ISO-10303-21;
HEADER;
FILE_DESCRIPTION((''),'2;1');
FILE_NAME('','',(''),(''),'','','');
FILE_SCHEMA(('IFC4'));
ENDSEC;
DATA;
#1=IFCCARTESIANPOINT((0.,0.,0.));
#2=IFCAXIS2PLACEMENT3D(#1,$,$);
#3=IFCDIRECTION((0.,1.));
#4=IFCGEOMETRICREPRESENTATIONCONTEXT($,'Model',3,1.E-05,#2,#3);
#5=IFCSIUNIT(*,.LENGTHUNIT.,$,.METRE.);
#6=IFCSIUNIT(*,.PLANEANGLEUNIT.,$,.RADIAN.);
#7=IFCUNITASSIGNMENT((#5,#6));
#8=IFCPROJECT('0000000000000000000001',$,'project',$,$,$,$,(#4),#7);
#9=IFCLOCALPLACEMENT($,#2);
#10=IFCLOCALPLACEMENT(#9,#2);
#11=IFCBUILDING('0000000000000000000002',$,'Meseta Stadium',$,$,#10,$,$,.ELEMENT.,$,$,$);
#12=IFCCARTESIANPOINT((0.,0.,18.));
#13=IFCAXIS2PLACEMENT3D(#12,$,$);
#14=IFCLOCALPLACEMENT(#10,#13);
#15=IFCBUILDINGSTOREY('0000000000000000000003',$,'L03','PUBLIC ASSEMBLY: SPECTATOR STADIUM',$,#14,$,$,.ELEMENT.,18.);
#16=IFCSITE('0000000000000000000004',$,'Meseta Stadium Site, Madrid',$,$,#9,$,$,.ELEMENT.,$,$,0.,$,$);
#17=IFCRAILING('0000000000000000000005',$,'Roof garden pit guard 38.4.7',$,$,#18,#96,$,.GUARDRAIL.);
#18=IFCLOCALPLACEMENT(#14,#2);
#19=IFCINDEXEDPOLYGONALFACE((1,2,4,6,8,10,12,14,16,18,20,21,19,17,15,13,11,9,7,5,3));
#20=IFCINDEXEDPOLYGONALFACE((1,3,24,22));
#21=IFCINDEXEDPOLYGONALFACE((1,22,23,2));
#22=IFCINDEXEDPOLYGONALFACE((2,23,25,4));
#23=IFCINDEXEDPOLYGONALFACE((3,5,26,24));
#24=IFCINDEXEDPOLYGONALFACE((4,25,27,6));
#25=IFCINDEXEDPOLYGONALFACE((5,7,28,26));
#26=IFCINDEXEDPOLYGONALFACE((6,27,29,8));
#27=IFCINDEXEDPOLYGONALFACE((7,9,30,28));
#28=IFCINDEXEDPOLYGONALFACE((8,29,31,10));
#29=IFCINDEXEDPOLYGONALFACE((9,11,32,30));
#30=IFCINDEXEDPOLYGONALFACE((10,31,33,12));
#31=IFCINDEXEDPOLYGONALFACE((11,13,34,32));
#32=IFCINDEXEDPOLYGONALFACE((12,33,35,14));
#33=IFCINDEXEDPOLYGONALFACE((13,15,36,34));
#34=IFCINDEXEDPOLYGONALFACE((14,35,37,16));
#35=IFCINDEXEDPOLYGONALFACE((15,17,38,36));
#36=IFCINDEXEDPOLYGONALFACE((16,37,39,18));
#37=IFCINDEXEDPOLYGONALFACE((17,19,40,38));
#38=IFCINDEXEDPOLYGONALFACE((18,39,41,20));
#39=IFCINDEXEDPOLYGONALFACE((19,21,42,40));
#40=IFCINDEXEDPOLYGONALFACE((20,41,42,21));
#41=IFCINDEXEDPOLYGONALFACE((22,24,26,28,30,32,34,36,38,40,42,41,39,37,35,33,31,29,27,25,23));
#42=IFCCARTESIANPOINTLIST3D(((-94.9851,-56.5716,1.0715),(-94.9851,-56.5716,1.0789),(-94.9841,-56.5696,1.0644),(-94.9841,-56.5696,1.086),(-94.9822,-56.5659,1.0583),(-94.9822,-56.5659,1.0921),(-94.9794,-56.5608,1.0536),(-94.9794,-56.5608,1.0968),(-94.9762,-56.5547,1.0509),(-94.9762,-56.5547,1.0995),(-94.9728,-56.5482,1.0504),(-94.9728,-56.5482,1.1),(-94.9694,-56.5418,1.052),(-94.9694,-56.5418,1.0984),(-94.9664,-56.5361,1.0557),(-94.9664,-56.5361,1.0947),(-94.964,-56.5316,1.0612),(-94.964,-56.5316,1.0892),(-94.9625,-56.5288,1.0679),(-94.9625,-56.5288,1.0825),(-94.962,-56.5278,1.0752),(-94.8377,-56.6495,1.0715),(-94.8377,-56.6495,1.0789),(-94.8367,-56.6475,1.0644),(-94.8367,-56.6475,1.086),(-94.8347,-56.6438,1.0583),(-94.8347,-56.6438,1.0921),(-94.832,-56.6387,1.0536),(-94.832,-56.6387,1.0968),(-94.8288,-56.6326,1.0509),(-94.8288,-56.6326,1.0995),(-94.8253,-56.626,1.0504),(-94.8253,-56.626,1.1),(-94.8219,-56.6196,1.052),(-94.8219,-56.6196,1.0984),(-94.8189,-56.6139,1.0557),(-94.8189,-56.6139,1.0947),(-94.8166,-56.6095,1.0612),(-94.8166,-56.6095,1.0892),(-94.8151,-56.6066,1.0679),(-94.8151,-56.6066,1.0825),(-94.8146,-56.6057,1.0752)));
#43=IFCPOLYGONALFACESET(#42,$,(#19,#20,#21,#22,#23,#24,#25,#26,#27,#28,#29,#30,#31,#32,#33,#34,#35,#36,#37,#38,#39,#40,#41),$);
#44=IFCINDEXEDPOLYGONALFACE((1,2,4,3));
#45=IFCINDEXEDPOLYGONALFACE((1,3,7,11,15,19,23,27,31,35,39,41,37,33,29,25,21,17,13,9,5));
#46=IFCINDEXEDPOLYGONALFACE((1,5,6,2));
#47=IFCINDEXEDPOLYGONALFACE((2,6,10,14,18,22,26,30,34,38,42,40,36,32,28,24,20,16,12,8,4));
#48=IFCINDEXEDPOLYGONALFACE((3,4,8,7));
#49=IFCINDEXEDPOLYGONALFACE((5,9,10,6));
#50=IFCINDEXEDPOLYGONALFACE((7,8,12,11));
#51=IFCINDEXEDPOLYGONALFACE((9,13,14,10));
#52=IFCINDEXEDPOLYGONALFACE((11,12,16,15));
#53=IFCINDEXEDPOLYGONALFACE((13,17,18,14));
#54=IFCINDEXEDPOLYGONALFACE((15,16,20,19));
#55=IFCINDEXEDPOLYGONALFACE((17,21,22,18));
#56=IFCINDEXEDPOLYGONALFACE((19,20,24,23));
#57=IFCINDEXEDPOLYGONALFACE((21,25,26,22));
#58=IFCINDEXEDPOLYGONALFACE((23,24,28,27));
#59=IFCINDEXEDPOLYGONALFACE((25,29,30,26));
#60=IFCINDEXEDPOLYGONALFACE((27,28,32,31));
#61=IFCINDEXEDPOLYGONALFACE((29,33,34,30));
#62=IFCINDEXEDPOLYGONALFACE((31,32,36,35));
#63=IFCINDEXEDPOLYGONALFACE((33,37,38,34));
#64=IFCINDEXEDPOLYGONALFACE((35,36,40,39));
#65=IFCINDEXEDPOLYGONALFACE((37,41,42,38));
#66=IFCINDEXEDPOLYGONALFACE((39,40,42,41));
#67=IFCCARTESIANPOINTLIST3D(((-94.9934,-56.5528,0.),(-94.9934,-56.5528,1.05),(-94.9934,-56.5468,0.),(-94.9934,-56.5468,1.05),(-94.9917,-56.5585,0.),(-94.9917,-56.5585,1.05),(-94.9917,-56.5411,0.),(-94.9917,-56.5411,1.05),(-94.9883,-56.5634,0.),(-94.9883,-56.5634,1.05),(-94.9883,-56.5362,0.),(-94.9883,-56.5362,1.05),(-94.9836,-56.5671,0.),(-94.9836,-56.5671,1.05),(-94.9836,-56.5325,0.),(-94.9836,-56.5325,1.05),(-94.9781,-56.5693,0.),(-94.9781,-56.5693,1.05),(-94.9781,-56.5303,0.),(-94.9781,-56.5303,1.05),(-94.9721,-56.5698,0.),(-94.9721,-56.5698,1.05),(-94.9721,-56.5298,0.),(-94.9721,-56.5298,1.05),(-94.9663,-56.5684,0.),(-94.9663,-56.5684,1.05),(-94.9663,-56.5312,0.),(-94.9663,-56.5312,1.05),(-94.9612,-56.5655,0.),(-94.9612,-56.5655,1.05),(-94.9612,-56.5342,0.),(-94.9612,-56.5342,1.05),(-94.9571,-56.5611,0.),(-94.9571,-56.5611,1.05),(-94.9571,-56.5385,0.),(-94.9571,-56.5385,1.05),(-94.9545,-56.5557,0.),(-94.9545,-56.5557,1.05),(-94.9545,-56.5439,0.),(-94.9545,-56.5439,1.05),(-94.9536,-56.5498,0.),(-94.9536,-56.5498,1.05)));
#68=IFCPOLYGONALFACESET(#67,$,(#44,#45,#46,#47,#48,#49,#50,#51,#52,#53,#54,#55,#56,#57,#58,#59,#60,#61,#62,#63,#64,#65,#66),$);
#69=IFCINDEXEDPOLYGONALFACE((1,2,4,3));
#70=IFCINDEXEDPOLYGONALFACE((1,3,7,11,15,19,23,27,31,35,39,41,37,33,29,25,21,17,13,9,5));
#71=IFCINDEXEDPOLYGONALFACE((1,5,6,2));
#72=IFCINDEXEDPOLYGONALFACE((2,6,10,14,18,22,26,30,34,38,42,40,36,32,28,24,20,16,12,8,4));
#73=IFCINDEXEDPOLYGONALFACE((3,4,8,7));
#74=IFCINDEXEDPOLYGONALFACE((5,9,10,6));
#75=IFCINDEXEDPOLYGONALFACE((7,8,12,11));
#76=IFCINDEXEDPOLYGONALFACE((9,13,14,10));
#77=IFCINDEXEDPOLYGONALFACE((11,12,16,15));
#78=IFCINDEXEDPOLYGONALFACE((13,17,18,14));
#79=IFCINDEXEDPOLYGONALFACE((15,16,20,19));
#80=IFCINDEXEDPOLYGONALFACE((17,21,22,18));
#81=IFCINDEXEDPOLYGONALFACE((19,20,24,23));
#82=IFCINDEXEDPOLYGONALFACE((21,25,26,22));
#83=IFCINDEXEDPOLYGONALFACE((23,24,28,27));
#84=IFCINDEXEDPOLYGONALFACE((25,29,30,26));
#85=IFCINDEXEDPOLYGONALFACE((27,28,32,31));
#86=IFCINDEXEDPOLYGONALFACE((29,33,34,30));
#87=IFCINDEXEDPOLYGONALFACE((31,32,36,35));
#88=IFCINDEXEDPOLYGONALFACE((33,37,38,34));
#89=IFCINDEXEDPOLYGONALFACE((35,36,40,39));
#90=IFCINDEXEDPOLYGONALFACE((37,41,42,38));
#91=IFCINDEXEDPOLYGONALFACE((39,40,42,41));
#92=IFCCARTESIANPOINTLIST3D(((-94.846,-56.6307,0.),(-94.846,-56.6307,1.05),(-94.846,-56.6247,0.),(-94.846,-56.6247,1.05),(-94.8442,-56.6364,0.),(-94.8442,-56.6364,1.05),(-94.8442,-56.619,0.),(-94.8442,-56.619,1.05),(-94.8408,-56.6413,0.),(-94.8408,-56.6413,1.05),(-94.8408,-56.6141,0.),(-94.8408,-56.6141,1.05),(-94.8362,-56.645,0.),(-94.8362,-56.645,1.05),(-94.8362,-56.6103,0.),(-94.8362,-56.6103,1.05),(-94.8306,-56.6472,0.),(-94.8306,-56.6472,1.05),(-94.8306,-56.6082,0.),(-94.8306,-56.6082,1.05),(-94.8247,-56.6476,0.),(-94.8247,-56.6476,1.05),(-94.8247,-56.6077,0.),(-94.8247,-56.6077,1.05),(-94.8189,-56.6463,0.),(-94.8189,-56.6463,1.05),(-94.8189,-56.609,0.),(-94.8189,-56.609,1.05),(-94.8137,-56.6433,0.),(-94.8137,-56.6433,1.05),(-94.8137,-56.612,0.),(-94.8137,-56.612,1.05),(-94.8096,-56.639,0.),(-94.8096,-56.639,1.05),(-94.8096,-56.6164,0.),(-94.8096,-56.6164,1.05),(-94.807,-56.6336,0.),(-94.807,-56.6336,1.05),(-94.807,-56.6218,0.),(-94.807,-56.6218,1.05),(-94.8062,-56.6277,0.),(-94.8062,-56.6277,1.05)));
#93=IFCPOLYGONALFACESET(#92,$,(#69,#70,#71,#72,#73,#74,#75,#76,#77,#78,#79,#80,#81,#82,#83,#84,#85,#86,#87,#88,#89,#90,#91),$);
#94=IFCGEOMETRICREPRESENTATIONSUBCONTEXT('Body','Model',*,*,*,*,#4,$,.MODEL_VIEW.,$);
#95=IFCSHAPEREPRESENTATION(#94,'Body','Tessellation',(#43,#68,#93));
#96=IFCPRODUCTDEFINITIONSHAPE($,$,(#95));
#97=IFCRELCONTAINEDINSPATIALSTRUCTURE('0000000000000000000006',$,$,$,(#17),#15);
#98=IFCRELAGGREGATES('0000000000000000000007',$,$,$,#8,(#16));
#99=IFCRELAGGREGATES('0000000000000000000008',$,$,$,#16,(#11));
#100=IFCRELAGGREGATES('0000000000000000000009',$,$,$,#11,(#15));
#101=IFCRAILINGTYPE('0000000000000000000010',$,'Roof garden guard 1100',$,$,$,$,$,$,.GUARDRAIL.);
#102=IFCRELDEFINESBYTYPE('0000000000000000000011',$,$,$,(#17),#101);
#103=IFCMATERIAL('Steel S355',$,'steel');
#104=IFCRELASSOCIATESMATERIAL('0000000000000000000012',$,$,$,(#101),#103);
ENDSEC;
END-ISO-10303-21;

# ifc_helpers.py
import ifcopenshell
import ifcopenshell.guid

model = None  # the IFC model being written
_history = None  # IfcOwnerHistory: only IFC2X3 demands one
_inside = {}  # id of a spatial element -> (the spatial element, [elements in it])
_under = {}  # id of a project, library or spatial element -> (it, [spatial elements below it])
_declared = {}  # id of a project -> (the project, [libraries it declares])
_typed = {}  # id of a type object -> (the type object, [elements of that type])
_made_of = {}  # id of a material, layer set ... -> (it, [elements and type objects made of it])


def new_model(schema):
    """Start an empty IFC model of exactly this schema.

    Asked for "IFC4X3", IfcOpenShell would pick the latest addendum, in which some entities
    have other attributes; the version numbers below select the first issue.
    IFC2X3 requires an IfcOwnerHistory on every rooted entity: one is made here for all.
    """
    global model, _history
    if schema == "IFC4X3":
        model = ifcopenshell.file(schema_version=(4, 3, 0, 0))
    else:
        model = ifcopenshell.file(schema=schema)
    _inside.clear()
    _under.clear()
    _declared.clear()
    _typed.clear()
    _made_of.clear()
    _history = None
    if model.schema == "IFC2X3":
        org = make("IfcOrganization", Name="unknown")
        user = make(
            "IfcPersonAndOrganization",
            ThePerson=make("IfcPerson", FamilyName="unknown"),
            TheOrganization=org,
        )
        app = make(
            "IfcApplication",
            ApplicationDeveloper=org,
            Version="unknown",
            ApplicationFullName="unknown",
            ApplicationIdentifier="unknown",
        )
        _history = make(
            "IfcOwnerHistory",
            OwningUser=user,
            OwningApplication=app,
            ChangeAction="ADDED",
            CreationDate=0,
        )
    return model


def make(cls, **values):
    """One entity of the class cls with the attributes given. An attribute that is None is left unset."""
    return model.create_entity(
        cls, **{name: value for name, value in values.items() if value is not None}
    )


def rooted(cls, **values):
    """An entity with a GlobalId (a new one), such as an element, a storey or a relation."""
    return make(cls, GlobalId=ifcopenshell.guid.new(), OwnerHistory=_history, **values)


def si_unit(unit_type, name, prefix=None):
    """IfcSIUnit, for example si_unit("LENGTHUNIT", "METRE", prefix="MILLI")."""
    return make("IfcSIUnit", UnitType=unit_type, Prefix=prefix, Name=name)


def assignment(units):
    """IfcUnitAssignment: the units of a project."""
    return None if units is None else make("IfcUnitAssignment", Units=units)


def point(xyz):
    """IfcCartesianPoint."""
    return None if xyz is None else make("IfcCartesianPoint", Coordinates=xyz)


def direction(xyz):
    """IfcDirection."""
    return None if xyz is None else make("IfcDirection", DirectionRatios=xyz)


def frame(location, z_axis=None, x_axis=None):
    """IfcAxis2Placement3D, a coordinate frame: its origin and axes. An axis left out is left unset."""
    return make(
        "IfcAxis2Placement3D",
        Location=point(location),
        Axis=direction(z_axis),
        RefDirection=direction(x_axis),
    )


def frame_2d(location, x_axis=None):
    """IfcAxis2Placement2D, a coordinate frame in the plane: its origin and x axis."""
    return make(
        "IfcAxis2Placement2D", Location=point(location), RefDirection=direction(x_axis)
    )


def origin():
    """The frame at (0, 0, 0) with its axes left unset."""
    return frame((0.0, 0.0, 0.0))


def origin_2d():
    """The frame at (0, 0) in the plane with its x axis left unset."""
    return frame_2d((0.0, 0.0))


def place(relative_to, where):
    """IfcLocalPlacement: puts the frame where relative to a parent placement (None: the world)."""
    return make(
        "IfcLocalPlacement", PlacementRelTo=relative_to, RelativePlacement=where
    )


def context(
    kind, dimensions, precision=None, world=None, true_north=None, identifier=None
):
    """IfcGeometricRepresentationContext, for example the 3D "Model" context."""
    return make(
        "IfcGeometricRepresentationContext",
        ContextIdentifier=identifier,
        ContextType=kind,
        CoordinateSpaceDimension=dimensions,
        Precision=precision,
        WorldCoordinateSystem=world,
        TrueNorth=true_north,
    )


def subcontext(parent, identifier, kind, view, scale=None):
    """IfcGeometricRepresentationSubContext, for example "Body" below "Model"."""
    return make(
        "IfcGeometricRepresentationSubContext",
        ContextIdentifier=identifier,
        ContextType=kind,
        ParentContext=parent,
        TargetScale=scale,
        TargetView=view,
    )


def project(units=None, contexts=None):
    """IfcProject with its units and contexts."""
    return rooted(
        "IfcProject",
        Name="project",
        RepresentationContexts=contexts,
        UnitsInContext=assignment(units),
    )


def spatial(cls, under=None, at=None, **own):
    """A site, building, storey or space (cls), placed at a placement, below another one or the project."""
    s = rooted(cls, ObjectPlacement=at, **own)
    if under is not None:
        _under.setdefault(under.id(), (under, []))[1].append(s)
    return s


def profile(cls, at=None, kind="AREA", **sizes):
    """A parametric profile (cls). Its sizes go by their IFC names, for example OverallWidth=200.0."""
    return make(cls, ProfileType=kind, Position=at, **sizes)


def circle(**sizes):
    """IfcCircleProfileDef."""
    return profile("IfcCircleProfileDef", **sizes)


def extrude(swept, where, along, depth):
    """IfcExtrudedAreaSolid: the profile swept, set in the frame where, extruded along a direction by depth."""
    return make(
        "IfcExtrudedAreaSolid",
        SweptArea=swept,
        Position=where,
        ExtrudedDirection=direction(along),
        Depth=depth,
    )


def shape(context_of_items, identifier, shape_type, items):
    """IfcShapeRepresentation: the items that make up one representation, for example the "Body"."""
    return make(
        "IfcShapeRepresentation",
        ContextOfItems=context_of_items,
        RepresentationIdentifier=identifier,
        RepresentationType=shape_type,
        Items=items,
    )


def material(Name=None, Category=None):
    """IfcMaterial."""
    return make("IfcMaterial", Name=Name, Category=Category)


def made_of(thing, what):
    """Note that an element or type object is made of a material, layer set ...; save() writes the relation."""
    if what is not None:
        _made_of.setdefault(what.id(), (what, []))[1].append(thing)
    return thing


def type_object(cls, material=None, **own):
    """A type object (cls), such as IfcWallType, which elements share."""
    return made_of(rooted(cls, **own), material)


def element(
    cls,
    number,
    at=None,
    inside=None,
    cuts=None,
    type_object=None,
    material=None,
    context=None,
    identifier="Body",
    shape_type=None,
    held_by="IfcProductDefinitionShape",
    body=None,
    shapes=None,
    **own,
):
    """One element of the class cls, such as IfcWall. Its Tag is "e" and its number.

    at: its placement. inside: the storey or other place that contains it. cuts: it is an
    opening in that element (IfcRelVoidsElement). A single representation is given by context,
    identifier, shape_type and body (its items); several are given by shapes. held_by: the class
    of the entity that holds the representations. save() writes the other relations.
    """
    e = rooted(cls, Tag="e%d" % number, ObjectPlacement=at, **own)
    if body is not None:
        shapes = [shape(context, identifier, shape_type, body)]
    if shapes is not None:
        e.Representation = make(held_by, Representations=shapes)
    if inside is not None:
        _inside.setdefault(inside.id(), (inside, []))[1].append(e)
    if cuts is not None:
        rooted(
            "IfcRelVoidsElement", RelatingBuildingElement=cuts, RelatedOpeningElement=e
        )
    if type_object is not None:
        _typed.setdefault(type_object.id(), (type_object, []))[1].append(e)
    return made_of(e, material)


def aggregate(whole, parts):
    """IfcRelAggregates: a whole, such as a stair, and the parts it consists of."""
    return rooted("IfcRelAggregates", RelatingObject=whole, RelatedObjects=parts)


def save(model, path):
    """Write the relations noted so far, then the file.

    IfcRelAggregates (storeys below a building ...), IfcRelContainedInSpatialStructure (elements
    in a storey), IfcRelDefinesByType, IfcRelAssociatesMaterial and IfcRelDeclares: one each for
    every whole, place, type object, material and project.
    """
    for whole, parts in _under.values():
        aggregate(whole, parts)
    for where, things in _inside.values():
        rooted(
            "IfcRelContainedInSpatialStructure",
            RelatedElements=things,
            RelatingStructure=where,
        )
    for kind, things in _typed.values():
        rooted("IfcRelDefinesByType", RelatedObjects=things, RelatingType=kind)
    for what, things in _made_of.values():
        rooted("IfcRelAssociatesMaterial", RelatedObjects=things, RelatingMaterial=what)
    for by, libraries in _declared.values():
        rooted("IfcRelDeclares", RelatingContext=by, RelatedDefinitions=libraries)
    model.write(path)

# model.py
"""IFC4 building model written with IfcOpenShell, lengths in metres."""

from ifc_helpers import new_model, si_unit, direction, frame, origin, origin_2d, place, context, subcontext, project, spatial, circle, extrude, material, type_object, element, save


model = new_model("IFC4")

# Units and contexts
model_context = context("Model", 3, precision=1e-05, world=origin(), true_north=direction((0.0, 1.0)))
body_context = subcontext(model_context, "Body", "Model", "MODEL_VIEW")
ifc_project = project(units=[si_unit("LENGTHUNIT", "METRE"), si_unit("PLANEANGLEUNIT", "RADIAN")], contexts=[model_context])

# Site, building, storey
site_placement = place(None, origin())
site = spatial("IfcSite", under=ifc_project, at=site_placement, Name="Meseta Stadium Site, Madrid", CompositionType="ELEMENT", RefElevation=0.0)
building_placement = place(site_placement, origin())
building = spatial("IfcBuilding", under=site, at=building_placement, Name="Meseta Stadium", CompositionType="ELEMENT")
storey_placement = place(building_placement, frame((0.0, 0.0, 18.0)))
storey = spatial("IfcBuildingStorey", under=building, at=storey_placement, Name="L03", Description="PUBLIC ASSEMBLY: SPECTATOR STADIUM", CompositionType="ELEMENT", Elevation=18.0)

# Railing
ifc_material_1 = material(Name="Steel S355", Category="steel")
railing_type_1 = type_object("IfcRailingType", Name="Roof garden guard 1100", PredefinedType="GUARDRAIL", material=ifc_material_1)
railing_1_placement = place(storey_placement, frame((-94.9736, -56.5498, 0.0)))
element("IfcRailing", 1, at=railing_1_placement, inside=storey, type_object=railing_type_1, Name="Roof garden pit guard 38.4.7", PredefinedType="GUARDRAIL", context=body_context, shape_type="SweptSolid", body=[
    extrude(circle(Radius=0.0249, at=origin_2d()), frame((0.0, 0.0, 1.0752), z_axis=(0.88425, -0.467013, 0.0), x_axis=(0.467013, 0.88425, 0.0)), (0.0, 0.0, 1.0), 0.1667),
    extrude(circle(Radius=0.02, at=origin_2d()), origin(), (0.0, 0.0, 1.0), 1.05),
    extrude(circle(Radius=0.02, at=origin_2d()), frame((0.1475, -0.0779, 0.0)), (0.0, 0.0, 1.0), 1.05),
])

save(model, "model.ifc")
